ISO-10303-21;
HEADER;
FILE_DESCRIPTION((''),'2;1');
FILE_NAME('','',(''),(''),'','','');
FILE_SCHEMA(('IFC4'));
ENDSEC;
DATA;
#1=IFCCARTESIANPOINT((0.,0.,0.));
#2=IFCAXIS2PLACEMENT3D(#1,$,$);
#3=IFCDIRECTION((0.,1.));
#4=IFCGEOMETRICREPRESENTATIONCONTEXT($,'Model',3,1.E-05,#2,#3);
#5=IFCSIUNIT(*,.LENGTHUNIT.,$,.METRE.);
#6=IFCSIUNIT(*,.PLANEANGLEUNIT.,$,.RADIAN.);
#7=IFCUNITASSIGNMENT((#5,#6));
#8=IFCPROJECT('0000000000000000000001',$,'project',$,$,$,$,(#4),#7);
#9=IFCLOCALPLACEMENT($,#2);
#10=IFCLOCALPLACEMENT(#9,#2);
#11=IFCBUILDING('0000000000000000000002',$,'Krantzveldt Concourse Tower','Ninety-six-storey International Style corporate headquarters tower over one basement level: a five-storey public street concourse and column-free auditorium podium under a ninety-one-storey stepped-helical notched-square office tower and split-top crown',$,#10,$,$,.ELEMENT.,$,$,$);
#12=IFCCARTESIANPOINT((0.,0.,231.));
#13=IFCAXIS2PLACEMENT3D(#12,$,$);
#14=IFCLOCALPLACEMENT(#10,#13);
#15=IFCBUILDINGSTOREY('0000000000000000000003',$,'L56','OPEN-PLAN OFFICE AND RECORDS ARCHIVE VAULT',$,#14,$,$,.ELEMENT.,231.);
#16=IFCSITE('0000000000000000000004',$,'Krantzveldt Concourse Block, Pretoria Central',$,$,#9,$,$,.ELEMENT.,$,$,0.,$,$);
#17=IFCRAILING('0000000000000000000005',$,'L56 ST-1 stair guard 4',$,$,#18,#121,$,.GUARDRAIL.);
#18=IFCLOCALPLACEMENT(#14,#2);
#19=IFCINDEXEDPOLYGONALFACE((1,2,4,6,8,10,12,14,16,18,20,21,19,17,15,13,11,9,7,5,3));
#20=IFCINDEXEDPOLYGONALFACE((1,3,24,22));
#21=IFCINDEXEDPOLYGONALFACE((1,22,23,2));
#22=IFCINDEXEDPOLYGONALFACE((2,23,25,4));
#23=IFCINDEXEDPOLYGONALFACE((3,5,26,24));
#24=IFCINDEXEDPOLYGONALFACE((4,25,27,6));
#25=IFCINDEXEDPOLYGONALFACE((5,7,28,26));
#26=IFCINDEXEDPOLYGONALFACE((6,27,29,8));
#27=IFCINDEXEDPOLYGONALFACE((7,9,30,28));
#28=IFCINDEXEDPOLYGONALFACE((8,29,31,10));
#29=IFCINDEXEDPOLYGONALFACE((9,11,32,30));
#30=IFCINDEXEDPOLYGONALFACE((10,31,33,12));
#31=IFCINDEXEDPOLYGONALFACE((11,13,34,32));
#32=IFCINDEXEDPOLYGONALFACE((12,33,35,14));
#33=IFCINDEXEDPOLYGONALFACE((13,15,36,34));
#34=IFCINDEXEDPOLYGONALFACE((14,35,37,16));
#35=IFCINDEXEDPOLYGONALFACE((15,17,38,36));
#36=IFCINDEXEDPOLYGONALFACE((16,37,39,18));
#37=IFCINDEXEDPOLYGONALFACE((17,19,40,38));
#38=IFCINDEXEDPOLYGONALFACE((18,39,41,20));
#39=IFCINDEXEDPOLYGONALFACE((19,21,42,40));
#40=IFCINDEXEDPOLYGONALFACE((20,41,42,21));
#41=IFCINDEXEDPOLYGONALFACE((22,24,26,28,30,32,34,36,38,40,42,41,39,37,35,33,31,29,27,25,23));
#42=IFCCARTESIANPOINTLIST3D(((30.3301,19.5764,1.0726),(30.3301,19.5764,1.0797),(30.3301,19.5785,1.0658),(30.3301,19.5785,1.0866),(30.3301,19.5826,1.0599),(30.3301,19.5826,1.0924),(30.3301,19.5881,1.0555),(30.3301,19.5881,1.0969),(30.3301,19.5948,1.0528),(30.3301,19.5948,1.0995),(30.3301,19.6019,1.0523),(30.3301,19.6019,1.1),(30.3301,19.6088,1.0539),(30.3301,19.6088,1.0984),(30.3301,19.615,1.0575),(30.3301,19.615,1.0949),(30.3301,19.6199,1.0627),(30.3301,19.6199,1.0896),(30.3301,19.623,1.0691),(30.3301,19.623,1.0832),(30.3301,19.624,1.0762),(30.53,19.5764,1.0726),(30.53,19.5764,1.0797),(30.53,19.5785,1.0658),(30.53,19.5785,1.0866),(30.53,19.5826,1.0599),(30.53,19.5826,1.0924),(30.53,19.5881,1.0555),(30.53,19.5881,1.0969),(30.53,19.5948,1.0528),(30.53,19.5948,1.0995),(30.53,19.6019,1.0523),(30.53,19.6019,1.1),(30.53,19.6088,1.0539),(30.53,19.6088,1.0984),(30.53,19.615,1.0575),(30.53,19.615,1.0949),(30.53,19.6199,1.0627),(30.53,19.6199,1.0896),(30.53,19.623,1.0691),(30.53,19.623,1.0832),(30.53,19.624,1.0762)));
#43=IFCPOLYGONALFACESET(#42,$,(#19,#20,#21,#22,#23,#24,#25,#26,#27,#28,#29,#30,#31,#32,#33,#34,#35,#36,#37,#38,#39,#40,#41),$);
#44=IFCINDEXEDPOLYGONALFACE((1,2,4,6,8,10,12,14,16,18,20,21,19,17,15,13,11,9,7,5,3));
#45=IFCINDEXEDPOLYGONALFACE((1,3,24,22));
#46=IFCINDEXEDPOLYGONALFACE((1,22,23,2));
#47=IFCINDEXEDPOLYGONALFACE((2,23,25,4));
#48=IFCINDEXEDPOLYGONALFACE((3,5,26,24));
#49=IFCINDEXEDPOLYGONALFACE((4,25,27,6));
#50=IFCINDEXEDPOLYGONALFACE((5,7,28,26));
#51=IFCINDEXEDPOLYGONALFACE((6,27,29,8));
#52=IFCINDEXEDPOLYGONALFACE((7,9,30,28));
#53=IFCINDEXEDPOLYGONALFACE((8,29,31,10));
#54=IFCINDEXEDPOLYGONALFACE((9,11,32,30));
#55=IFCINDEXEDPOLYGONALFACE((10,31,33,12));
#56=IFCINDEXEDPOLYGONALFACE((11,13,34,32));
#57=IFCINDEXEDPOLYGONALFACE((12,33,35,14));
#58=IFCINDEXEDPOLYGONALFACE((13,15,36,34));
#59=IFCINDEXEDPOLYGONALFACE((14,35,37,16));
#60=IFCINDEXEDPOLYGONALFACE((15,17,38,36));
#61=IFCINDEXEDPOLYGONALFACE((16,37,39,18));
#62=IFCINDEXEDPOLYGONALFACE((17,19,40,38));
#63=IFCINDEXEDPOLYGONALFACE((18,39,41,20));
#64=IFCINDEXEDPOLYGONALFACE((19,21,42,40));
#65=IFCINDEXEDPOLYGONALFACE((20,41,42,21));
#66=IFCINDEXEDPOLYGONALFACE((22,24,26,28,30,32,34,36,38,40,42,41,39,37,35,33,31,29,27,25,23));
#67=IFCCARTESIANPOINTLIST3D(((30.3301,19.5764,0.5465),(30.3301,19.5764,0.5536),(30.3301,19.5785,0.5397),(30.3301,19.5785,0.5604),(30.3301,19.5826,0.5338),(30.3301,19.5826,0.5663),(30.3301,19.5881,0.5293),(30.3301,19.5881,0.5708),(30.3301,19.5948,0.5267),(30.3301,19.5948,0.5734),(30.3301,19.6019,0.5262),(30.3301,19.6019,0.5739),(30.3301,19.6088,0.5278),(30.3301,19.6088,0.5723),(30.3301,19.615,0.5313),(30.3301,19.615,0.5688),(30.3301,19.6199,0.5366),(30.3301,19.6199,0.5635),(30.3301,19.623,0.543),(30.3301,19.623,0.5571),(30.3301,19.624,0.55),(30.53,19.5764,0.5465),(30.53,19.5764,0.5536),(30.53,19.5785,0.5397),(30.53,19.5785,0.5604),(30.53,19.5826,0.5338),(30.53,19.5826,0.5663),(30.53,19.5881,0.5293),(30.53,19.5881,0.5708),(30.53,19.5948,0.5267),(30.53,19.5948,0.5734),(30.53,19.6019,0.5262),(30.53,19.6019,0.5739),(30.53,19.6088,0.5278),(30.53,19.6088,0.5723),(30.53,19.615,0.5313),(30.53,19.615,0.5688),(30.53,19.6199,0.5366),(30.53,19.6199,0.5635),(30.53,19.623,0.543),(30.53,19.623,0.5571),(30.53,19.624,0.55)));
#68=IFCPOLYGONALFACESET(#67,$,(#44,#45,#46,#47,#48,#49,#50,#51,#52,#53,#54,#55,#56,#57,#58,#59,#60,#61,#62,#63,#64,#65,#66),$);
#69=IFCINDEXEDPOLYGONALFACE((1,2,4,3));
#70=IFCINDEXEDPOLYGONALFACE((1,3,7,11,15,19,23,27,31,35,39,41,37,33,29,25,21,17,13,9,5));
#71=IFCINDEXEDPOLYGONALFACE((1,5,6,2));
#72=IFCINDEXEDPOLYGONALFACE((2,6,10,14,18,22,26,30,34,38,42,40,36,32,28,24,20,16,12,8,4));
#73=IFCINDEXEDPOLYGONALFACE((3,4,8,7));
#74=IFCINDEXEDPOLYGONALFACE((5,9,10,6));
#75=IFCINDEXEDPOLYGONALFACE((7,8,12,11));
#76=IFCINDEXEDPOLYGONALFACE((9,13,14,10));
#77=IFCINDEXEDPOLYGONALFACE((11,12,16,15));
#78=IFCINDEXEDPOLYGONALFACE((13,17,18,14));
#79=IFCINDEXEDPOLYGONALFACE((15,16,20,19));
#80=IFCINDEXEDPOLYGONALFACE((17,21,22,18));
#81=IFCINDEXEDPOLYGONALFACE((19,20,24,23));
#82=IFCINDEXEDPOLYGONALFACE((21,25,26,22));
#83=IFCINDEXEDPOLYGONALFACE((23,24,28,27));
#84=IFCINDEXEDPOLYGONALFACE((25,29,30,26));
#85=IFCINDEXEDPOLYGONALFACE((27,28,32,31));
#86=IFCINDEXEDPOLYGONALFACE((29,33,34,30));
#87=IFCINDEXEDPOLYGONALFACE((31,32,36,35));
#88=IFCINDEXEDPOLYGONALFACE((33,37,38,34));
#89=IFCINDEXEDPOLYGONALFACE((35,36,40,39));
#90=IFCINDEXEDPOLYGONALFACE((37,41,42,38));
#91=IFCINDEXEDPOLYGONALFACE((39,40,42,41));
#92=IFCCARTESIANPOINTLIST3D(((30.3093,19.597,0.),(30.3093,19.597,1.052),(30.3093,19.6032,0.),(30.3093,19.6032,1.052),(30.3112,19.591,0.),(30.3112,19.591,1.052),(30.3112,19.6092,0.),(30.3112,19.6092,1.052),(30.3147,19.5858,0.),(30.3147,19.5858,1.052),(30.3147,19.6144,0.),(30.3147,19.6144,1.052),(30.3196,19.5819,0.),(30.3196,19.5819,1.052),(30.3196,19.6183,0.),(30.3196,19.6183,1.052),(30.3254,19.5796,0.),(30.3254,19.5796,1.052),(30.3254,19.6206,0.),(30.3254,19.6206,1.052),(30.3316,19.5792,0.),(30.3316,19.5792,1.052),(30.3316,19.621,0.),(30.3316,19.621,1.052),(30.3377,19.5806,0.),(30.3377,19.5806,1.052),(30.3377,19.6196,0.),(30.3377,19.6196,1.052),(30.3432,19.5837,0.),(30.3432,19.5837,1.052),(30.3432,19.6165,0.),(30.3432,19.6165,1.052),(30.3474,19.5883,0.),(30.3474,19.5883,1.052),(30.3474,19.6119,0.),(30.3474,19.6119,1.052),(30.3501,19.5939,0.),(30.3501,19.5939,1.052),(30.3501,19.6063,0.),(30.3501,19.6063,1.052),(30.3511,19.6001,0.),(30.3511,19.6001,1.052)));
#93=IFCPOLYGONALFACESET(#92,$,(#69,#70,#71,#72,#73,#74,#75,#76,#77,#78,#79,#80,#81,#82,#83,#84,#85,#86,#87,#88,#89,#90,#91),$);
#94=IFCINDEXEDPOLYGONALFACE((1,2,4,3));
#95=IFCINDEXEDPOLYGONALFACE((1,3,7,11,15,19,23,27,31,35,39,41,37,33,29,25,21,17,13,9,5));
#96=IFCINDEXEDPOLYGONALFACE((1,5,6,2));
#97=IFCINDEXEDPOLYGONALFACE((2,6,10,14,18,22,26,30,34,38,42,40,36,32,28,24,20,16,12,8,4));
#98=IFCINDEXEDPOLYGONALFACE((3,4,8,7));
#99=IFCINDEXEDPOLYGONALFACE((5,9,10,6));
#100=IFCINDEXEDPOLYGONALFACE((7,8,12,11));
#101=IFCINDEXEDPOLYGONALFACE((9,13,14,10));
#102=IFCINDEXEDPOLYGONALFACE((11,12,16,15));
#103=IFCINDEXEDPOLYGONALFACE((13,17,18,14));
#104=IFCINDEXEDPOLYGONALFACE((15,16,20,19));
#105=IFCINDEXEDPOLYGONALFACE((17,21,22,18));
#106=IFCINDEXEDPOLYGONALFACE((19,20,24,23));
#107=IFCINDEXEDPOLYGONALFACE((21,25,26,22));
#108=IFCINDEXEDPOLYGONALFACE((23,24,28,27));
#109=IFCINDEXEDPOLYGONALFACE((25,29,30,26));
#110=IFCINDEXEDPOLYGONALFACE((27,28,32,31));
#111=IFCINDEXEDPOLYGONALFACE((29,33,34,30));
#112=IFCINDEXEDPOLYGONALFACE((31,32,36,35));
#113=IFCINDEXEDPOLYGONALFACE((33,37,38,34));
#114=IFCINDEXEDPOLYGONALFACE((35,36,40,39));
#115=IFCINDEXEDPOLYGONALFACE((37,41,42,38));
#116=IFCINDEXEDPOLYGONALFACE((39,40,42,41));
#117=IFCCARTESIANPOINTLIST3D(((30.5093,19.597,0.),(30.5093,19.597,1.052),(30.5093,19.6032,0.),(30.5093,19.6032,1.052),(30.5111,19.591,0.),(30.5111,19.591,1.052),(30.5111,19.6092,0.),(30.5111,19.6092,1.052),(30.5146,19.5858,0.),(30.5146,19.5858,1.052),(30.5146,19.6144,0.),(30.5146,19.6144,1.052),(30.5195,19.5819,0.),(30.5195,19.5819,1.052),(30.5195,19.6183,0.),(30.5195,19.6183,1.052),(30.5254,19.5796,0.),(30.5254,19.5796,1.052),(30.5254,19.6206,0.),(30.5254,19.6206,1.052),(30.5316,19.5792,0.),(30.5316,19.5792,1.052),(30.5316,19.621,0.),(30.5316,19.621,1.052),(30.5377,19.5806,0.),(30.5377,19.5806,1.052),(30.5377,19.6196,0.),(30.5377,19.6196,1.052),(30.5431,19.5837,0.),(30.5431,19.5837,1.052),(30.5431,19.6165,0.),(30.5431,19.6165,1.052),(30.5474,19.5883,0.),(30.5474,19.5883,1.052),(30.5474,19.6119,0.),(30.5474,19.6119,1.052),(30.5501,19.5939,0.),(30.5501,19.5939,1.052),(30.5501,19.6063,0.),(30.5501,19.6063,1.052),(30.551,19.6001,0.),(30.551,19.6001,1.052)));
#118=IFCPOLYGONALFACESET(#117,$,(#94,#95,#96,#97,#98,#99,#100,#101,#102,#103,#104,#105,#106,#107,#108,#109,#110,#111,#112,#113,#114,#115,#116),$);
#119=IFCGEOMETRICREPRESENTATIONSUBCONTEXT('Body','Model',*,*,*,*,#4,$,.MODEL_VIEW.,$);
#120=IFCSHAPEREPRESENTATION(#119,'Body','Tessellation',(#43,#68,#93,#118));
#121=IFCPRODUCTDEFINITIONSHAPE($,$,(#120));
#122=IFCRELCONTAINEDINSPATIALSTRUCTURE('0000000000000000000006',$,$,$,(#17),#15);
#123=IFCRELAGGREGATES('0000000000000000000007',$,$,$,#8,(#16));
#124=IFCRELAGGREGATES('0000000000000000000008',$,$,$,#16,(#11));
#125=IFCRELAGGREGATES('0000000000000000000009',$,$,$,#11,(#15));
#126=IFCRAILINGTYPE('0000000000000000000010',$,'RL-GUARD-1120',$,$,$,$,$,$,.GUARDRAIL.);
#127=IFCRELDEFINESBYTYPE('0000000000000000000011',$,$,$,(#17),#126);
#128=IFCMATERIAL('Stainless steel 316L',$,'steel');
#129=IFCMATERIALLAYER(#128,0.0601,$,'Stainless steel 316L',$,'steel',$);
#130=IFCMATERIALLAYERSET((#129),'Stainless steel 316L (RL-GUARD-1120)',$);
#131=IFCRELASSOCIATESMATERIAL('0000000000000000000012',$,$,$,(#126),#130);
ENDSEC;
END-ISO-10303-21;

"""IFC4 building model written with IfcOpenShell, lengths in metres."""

from ifc_helpers import new_model, si_unit, direction, frame, origin, origin_2d, place, context, subcontext, project, spatial, circle, extrude, material, layer, layer_set, type_object, element, save


model = new_model("IFC4")

# Units and contexts
model_context = context("Model", 3, precision=1e-05, world=origin(), true_north=direction((0.0, 1.0)))
body_context = subcontext(model_context, "Body", "Model", "MODEL_VIEW")
ifc_project = project(units=[si_unit("LENGTHUNIT", "METRE"), si_unit("PLANEANGLEUNIT", "RADIAN")], contexts=[model_context])

# Site, building, storey
site_placement = place(None, origin())
site = spatial("IfcSite", under=ifc_project, at=site_placement, Name="Krantzveldt Concourse Block, Pretoria Central", CompositionType="ELEMENT", RefElevation=0.0)
building_placement = place(site_placement, origin())
building = spatial("IfcBuilding", under=site, at=building_placement, Name="Krantzveldt Concourse Tower", Description="Ninety-six-storey International Style corporate headquarters tower over one basement level: a five-storey public street concourse and column-free auditorium podium under a ninety-one-storey stepped-helical notched-square office tower and split-top crown", CompositionType="ELEMENT")
storey_placement = place(building_placement, frame((0.0, 0.0, 231.0)))
storey = spatial("IfcBuildingStorey", under=building, at=storey_placement, Name="L56", Description="OPEN-PLAN OFFICE AND RECORDS ARCHIVE VAULT", CompositionType="ELEMENT", Elevation=231.0)

# Shared definitions
ifc_material_1 = material(Name="Stainless steel 316L", Category="steel")

# Railing
ifc_layer_1 = layer(ifc_material_1, 0.0601, Name="Stainless steel 316L", Category="steel")
ifc_layer_set_1 = layer_set([ifc_layer_1], Name="Stainless steel 316L (RL-GUARD-1120)")
railing_type_1 = type_object("IfcRailingType", Name="RL-GUARD-1120", PredefinedType="GUARDRAIL", material=ifc_layer_set_1)
railing_1_placement = place(storey_placement, frame((30.3301, 19.6001, 0.0)))
element("IfcRailing", 1, at=railing_1_placement, inside=storey, type_object=railing_type_1, Name="L56 ST-1 stair guard 4", PredefinedType="GUARDRAIL", context=body_context, shape_type="SweptSolid", body=[
    extrude(circle(Radius=0.0239, at=origin_2d()), frame((0.0, 0.0, 1.0762), z_axis=(1.0, 0.0, 0.0), x_axis=(0.0, 1.0, 0.0)), (0.0, 0.0, 1.0), 0.2),
    extrude(circle(Radius=0.0239, at=origin_2d()), frame((0.0, 0.0, 0.55), z_axis=(1.0, 0.0, 0.0), x_axis=(0.0, 1.0, 0.0)), (0.0, 0.0, 1.0), 0.2),
    extrude(circle(Radius=0.021, at=origin_2d()), origin(), (0.0, 0.0, 1.0), 1.052),
    extrude(circle(Radius=0.021, at=origin_2d()), frame((0.2, 0.0, 0.0)), (0.0, 0.0, 1.0), 1.052),
])

save(model, "model.ifc")
